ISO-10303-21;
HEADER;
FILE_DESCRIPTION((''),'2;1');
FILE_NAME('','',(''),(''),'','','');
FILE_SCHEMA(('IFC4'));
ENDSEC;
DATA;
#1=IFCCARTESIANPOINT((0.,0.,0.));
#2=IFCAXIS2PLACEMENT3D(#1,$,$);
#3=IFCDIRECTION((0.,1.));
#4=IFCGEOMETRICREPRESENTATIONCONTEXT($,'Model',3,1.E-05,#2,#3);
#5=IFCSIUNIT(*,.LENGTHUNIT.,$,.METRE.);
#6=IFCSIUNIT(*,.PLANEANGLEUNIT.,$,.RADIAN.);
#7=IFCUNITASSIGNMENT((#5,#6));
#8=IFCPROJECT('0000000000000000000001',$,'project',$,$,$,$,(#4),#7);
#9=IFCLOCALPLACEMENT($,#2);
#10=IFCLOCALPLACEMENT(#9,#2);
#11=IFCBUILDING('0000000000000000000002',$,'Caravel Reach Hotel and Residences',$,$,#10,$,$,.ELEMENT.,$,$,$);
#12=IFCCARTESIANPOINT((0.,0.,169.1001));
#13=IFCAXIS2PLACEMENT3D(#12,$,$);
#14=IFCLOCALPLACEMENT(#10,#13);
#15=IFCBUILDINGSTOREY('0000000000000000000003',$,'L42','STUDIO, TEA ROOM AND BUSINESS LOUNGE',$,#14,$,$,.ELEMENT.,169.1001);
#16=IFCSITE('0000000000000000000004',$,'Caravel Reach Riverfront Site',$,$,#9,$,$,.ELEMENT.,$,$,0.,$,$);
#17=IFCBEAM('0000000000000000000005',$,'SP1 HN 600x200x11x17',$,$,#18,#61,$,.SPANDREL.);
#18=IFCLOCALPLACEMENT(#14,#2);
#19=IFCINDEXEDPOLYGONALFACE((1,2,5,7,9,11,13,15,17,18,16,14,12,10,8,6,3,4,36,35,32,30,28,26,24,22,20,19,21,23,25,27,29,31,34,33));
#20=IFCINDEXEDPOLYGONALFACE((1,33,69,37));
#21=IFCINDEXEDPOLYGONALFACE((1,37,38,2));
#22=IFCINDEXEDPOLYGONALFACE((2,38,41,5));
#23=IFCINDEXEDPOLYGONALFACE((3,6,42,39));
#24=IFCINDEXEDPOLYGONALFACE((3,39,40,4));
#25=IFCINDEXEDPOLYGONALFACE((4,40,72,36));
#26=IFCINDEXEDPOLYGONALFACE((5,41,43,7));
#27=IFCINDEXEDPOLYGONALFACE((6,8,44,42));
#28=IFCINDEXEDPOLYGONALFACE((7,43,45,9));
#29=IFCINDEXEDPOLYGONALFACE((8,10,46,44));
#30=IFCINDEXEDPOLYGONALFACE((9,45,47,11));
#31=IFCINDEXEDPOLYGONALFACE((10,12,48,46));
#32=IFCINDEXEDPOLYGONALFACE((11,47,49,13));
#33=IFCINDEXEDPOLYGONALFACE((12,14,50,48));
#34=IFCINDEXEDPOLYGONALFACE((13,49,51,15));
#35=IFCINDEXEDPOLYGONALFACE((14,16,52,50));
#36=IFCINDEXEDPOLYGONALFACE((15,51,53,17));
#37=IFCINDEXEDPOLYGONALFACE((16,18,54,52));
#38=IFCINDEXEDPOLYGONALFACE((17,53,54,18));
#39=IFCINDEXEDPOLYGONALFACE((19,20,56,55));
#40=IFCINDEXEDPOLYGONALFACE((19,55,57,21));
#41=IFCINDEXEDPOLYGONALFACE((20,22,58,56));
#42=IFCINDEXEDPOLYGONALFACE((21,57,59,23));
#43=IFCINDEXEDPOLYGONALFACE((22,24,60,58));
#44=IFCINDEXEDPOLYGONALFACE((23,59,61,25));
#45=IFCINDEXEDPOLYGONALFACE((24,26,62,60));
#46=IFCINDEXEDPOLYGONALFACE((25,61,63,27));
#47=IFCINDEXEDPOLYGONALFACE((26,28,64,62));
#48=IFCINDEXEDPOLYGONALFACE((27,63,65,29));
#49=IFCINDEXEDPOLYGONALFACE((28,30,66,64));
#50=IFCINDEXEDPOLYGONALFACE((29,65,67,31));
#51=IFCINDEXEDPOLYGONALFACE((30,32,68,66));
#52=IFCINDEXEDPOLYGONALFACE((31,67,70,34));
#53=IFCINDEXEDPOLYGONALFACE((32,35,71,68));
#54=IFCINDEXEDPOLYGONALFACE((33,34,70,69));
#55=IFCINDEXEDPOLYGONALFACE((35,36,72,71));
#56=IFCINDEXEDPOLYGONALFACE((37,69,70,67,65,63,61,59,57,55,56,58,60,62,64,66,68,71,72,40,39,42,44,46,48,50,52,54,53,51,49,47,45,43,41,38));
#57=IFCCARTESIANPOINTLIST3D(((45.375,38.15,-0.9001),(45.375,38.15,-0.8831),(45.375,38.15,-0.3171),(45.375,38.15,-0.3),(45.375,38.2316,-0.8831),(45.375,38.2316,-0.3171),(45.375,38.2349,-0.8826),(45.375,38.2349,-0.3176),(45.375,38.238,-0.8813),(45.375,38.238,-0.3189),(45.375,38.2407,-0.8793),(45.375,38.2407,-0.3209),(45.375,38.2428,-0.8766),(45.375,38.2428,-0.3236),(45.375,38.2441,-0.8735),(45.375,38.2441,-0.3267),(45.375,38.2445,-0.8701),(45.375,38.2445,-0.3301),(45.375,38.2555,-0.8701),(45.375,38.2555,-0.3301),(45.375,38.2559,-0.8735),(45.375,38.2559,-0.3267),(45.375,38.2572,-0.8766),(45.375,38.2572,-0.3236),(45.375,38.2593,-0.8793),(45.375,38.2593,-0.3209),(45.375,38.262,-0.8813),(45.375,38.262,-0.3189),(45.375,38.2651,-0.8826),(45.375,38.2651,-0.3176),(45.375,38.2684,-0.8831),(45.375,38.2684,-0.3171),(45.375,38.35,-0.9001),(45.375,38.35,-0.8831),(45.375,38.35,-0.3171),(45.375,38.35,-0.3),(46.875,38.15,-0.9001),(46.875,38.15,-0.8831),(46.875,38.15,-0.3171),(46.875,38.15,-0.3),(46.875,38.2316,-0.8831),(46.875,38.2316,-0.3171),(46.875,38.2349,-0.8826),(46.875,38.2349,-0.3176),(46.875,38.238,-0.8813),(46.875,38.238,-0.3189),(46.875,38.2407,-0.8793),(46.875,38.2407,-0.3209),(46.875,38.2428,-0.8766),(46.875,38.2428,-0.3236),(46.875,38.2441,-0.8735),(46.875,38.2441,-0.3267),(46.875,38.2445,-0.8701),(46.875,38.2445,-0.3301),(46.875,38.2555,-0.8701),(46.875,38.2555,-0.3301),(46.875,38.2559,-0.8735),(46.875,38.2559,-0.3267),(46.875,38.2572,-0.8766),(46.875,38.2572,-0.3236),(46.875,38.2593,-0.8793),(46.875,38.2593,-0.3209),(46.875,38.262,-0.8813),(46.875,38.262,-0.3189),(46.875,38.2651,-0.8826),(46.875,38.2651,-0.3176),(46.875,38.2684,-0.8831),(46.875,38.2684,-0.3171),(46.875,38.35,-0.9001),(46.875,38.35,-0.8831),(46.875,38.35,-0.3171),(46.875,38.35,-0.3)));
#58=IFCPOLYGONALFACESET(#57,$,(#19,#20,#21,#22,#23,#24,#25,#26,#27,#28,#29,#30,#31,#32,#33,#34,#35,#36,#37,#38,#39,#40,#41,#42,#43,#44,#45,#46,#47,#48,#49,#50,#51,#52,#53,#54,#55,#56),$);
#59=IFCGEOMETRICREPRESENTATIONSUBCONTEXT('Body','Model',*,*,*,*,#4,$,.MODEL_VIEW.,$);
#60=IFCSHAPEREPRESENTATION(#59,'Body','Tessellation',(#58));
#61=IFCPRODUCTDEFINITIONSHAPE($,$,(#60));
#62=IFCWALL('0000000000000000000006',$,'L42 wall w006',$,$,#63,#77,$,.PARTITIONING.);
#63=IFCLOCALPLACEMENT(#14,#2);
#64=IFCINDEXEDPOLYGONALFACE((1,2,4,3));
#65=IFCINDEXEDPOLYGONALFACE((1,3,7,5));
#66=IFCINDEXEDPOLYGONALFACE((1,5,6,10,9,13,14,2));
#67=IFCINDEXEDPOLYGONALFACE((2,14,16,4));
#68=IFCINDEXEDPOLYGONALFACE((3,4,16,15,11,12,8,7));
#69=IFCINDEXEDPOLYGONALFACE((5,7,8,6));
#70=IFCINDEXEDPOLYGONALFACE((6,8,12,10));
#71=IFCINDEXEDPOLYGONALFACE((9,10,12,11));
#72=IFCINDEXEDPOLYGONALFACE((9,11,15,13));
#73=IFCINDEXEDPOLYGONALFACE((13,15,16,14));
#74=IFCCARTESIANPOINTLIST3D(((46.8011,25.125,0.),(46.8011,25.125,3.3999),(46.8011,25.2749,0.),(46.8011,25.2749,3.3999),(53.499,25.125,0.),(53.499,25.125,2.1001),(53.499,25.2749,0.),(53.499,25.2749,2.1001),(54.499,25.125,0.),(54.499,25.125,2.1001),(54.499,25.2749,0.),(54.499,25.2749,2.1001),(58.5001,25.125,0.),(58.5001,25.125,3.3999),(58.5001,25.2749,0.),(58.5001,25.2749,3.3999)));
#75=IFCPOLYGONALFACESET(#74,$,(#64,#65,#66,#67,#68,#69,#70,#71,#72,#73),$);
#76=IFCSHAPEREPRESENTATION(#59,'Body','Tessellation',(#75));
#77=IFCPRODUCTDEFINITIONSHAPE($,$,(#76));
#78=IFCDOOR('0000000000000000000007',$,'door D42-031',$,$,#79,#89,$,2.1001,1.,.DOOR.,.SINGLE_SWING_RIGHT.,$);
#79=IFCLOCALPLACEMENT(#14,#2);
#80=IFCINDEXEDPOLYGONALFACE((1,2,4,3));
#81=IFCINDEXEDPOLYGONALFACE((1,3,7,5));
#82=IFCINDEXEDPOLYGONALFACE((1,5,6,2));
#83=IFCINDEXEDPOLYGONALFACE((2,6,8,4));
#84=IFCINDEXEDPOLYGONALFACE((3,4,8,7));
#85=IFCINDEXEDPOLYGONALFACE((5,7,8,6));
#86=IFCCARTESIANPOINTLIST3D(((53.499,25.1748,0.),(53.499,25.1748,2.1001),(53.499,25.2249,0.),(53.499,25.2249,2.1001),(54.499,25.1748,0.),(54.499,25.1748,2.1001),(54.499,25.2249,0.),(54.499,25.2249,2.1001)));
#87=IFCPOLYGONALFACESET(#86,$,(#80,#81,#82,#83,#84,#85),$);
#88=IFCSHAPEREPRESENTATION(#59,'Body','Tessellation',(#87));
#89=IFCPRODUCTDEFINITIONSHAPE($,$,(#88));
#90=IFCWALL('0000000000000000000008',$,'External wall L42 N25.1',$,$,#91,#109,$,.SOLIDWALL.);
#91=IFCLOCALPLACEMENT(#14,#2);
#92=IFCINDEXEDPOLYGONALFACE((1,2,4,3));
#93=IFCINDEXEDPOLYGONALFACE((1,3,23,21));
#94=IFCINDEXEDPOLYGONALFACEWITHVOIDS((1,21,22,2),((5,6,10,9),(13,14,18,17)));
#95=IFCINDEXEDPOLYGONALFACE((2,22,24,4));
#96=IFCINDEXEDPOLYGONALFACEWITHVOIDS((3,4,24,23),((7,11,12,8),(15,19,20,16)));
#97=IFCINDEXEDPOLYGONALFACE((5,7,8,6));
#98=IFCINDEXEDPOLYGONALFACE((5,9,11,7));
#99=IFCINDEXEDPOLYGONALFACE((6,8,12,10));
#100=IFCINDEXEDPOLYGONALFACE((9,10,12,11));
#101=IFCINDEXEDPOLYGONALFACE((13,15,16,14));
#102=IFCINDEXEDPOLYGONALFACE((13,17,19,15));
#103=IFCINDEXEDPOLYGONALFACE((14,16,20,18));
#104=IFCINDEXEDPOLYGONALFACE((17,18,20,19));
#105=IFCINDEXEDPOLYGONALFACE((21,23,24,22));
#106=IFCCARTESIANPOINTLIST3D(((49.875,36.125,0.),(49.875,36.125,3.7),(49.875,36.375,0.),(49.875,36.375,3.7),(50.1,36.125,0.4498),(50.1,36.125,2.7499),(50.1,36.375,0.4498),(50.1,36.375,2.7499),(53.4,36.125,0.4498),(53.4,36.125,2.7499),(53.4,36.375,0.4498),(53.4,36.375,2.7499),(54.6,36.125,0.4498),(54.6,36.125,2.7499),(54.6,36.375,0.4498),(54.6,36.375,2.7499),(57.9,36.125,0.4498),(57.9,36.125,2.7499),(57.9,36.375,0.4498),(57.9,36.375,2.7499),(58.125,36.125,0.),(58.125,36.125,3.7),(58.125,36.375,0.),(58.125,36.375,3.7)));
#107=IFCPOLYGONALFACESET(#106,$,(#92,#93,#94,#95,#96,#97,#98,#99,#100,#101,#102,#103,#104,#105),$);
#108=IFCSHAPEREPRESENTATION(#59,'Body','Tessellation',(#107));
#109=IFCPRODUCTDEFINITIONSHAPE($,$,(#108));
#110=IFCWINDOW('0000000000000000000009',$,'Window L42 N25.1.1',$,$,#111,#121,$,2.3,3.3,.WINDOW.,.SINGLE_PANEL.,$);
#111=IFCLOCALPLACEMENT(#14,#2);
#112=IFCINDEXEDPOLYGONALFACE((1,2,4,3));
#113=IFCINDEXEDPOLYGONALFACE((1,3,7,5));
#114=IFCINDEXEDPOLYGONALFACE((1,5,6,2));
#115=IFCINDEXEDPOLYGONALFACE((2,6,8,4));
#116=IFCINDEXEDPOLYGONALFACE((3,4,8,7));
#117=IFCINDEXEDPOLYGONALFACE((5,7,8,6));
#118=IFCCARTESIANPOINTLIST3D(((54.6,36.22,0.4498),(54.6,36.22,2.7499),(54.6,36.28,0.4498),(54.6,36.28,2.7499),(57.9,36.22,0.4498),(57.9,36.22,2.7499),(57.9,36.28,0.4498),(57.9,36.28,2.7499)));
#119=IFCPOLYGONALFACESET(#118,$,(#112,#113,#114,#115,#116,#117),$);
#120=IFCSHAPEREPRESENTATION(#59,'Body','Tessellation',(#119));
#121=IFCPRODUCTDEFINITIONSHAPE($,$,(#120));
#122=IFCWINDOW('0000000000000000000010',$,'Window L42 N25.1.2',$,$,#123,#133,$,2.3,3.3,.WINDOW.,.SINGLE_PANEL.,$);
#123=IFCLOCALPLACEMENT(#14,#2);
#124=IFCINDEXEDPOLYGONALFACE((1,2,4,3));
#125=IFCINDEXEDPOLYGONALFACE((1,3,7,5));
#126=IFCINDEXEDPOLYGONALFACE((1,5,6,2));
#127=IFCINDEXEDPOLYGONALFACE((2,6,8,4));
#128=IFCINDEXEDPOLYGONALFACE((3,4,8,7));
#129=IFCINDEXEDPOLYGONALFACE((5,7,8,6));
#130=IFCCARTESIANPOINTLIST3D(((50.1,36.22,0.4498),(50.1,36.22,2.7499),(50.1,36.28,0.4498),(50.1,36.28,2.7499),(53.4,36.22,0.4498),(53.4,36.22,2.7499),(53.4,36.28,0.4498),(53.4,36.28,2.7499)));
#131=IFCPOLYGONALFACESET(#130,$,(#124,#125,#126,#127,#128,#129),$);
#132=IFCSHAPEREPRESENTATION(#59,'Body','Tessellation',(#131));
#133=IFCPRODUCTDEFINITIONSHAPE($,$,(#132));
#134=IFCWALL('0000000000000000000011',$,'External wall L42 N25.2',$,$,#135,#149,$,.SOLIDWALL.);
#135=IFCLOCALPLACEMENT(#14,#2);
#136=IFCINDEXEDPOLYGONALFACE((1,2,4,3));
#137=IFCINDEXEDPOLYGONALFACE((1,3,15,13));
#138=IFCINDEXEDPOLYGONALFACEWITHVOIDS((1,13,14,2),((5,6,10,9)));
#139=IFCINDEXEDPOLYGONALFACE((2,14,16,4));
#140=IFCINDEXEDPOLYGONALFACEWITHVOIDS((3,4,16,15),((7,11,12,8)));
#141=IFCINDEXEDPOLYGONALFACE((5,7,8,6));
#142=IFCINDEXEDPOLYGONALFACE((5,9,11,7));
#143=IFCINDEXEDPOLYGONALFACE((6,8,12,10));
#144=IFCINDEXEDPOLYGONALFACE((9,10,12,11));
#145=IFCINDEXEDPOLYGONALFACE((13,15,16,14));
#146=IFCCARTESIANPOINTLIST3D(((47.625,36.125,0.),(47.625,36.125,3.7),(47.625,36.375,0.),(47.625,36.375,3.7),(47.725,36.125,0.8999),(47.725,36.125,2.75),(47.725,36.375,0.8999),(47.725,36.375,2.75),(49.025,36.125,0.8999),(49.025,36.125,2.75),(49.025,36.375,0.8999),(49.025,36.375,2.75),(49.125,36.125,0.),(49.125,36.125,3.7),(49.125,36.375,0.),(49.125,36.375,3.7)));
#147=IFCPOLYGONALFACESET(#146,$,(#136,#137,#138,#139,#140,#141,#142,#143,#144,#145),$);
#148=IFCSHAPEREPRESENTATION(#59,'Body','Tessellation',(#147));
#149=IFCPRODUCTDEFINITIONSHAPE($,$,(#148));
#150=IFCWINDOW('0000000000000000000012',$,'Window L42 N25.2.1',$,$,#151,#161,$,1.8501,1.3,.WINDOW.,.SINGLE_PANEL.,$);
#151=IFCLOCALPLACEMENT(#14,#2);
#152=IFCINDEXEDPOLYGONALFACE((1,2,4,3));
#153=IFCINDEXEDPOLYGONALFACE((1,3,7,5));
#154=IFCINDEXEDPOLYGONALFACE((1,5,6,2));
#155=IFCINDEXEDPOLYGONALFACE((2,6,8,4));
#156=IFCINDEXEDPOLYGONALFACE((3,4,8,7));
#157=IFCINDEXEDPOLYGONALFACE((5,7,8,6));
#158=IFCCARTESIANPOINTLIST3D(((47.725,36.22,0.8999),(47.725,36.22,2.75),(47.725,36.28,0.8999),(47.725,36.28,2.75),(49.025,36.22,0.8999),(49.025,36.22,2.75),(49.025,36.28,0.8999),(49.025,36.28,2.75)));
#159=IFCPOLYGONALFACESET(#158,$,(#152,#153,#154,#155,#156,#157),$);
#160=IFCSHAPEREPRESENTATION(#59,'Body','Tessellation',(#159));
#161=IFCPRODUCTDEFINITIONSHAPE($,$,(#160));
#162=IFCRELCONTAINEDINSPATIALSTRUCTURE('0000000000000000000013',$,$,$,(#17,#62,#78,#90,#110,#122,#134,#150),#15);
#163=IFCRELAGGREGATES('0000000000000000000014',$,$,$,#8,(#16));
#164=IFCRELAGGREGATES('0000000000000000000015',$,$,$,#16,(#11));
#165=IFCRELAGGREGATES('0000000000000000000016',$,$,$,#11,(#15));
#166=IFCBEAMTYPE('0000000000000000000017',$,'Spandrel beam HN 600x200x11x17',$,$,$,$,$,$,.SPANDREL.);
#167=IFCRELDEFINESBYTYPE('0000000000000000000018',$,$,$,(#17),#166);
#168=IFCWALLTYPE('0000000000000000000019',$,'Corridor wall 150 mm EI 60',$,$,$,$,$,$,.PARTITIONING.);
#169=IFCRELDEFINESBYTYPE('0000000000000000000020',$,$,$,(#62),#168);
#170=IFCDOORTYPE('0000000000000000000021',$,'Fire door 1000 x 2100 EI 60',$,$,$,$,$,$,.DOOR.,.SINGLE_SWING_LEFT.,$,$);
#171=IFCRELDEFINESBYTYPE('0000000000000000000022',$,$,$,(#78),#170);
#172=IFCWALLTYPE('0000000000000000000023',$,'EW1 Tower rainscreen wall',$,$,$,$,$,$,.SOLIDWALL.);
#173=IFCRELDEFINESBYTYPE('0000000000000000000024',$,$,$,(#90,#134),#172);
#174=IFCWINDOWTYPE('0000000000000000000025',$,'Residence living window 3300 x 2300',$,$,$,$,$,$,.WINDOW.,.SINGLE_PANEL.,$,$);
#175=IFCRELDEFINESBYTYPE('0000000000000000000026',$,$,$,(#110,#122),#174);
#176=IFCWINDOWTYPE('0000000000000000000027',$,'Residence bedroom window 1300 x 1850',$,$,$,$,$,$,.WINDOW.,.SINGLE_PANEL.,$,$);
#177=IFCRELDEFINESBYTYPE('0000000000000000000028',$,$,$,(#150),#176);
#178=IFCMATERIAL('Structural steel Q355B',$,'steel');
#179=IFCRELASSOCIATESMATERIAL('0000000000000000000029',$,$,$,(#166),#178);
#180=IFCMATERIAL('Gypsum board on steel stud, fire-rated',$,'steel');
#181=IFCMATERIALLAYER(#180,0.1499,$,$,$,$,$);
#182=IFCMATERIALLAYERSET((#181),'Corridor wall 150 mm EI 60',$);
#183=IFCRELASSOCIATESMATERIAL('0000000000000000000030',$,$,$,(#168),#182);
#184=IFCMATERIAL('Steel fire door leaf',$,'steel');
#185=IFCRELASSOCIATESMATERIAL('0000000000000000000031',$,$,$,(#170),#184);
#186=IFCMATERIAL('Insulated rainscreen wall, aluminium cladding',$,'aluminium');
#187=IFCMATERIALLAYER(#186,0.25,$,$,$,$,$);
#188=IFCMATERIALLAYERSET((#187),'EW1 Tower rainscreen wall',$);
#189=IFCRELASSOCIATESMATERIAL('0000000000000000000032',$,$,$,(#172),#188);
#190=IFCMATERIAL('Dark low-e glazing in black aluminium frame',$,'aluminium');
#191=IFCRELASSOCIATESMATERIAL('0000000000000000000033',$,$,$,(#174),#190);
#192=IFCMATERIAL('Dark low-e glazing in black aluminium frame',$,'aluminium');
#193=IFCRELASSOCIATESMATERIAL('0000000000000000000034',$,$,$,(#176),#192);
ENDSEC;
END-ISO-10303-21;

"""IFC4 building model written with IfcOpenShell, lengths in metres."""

from ifc_helpers import new_model, si_unit, direction, frame, frame_2d, origin, origin_2d, place, context, subcontext, project, spatial, rectangle, i_section, extrude, material, layer, layer_set, material_profile, profile_set, type_object, element, fill, save


model = new_model("IFC4")

# Units and contexts
model_context = context("Model", 3, precision=1e-05, world=origin(), true_north=direction((0.0, 1.0)))
body_context = subcontext(model_context, "Body", "Model", "MODEL_VIEW")
ifc_project = project(units=[si_unit("LENGTHUNIT", "METRE"), si_unit("PLANEANGLEUNIT", "RADIAN")], contexts=[model_context])

# Site, building, storey
site_placement = place(None, origin())
site = spatial("IfcSite", under=ifc_project, at=site_placement, Name="Caravel Reach Riverfront Site", CompositionType="ELEMENT", RefElevation=0.0)
building_placement = place(site_placement, origin())
building = spatial("IfcBuilding", under=site, at=building_placement, Name="Caravel Reach Hotel and Residences", CompositionType="ELEMENT")
storey_placement = place(building_placement, frame((0.0, 0.0, 169.1001)))
storey = spatial("IfcBuildingStorey", under=building, at=storey_placement, Name="L42", Description="STUDIO, TEA ROOM AND BUSINESS LOUNGE", CompositionType="ELEMENT", Elevation=169.1001)

# Beam
ifc_material_1 = material(Name="Structural steel Q355B", Category="steel")
ifc_material_profile_1 = material_profile(ifc_material_1, i_section(OverallWidth=0.2, OverallDepth=0.6001, WebThickness=0.011, FlangeThickness=0.0171, FilletRadius=0.0129, at=origin_2d()), Name="HN 600x200x11x17")
ifc_profile_set_1 = profile_set([ifc_material_profile_1], Name="Structural steel Q355B")
beam_type_1 = type_object("IfcBeamType", Name="Spandrel beam HN 600x200x11x17", PredefinedType="SPANDREL", material=ifc_profile_set_1)
for number, where, z_axis, x_axis, name in (
    (1, (46.875, 38.25, -0.6001), (-1.0, 0.0, 0.0), (0.0, -1.0, 0.0), "SP1 HN 600x200x11x17"),
):
    element("IfcBeam", number, at=place(storey_placement, frame(where, z_axis=z_axis, x_axis=x_axis)), inside=storey, type_object=beam_type_1, Name=name, PredefinedType="SPANDREL", context=body_context, shape_type="SweptSolid", body=[
        extrude(i_section(OverallWidth=0.2, OverallDepth=0.6001, WebThickness=0.011, FlangeThickness=0.0171, FilletRadius=0.0129, at=origin_2d()), origin(), (0.0, 0.0, 1.0), 1.5),
    ])

# Wall, opening, door
ifc_material_2 = material(Name="Gypsum board on steel stud, fire-rated", Category="steel")
ifc_layer_1 = layer(ifc_material_2, 0.1499)
ifc_layer_set_1 = layer_set([ifc_layer_1], Name="Corridor wall 150 mm EI 60")
wall_type_1 = type_object("IfcWallType", Name="Corridor wall 150 mm EI 60", PredefinedType="PARTITIONING", material=ifc_layer_set_1)
wall_1_placement = place(storey_placement, frame((46.801, 25.2, 0.0), z_axis=(0.0, 0.0, 1.0), x_axis=(1.0, 0.0, 0.0)))
wall_1 = element("IfcWall", 2, at=wall_1_placement, inside=storey, type_object=wall_type_1, Name="L42 wall w006", PredefinedType="PARTITIONING", context=body_context, shape_type="SweptSolid", body=[
    extrude(rectangle(XDim=11.699, YDim=0.1499, at=frame_2d((5.8496, 0.0))), origin(), (0.0, 0.0, 1.0), 3.3999),
])
opening_1_placement = place(wall_1_placement, frame((6.698, 0.0, 0.0)))
opening_1 = element("IfcOpeningElement", 3, at=opening_1_placement, cuts=wall_1, PredefinedType="OPENING", context=body_context, shape_type="SweptSolid", body=[
    extrude(rectangle(XDim=1.0, YDim=2.1001, at=frame_2d((0.5, 1.05))), frame((0.0, 0.085, 0.0), z_axis=(0.0, -1.0, 0.0), x_axis=(1.0, 0.0, 0.0)), (0.0, 0.0, 1.0), 0.1699),
])
ifc_material_3 = material(Name="Steel fire door leaf", Category="steel")
door_type_1 = type_object("IfcDoorType", Name="Fire door 1000 x 2100 EI 60", OperationType="SINGLE_SWING_LEFT", PredefinedType="DOOR", material=ifc_material_3)
door_1_placement = place(opening_1_placement, origin())
door_1 = element("IfcDoor", 4, at=door_1_placement, inside=storey, type_object=door_type_1, Name="door D42-031", OperationType="SINGLE_SWING_RIGHT", OverallHeight=2.1001, OverallWidth=1.0, PredefinedType="DOOR", context=body_context, shape_type="SweptSolid", body=[
    extrude(rectangle(XDim=1.0, YDim=2.1001, at=frame_2d((0.5, 1.05))), frame((0.0, 0.0249, 0.0), z_axis=(0.0, -1.0, 0.0), x_axis=(1.0, 0.0, 0.0)), (0.0, 0.0, 1.0), 0.05),
])
fill(opening_1, door_1)

# Wall, openings, windows
ifc_material_4 = material(Name="Insulated rainscreen wall, aluminium cladding", Category="aluminium")
ifc_layer_2 = layer(ifc_material_4, 0.25)
ifc_layer_set_2 = layer_set([ifc_layer_2], Name="EW1 Tower rainscreen wall")
wall_type_2 = type_object("IfcWallType", Name="EW1 Tower rainscreen wall", PredefinedType="SOLIDWALL", material=ifc_layer_set_2)
wall_2_placement = place(storey_placement, frame((58.125, 36.25, 0.0), z_axis=(0.0, 0.0, 1.0), x_axis=(-1.0, 0.0, 0.0)))
wall_2 = element("IfcWall", 5, at=wall_2_placement, inside=storey, type_object=wall_type_2, Name="External wall L42 N25.1", PredefinedType="SOLIDWALL", context=body_context, shape_type="SweptSolid", body=[
    extrude(rectangle(XDim=8.25, YDim=0.25, at=frame_2d((4.125, 0.0))), origin(), (0.0, 0.0, 1.0), 3.7),
])
opening_2_placement = place(wall_2_placement, frame((0.2251, 0.0, 0.45)))
opening_2 = element("IfcOpeningElement", 6, at=opening_2_placement, cuts=wall_2, PredefinedType="OPENING", context=body_context, shape_type="SweptSolid", body=[
    extrude(rectangle(XDim=3.3, YDim=2.3, at=frame_2d((1.6499, 1.1499))), frame((0.0, 0.135, 0.0), z_axis=(0.0, -1.0, 0.0), x_axis=(1.0, 0.0, 0.0)), (0.0, 0.0, 1.0), 0.27),
])
opening_3_placement = place(wall_2_placement, frame((4.7251, 0.0, 0.45)))
opening_3 = element("IfcOpeningElement", 7, at=opening_3_placement, cuts=wall_2, PredefinedType="OPENING", context=body_context, shape_type="SweptSolid", body=[
    extrude(rectangle(XDim=3.3, YDim=2.3, at=frame_2d((1.6499, 1.1499))), frame((0.0, 0.135, 0.0), z_axis=(0.0, -1.0, 0.0), x_axis=(1.0, 0.0, 0.0)), (0.0, 0.0, 1.0), 0.27),
])
ifc_material_5 = material(Name="Dark low-e glazing in black aluminium frame", Category="aluminium")
window_type_1 = type_object("IfcWindowType", Name="Residence living window 3300 x 2300", PartitioningType="SINGLE_PANEL", PredefinedType="WINDOW", material=ifc_material_5)
window_1_placement = place(opening_2_placement, origin())
window_1 = element("IfcWindow", 8, at=window_1_placement, inside=storey, type_object=window_type_1, Name="Window L42 N25.1.1", OverallHeight=2.3, OverallWidth=3.3, PartitioningType="SINGLE_PANEL", PredefinedType="WINDOW", context=body_context, shape_type="SweptSolid", body=[
    extrude(rectangle(XDim=3.3, YDim=2.3, at=frame_2d((1.6499, 1.1499))), frame((0.0, 0.03, 0.0), z_axis=(0.0, -1.0, 0.0), x_axis=(1.0, 0.0, 0.0)), (0.0, 0.0, 1.0), 0.0601),
])
fill(opening_2, window_1)
window_2_placement = place(opening_3_placement, origin())
window_2 = element("IfcWindow", 9, at=window_2_placement, inside=storey, type_object=window_type_1, Name="Window L42 N25.1.2", OverallHeight=2.3, OverallWidth=3.3, PartitioningType="SINGLE_PANEL", PredefinedType="WINDOW", context=body_context, shape_type="SweptSolid", body=[
    extrude(rectangle(XDim=3.3, YDim=2.3, at=frame_2d((1.6499, 1.1499))), frame((0.0, 0.03, 0.0), z_axis=(0.0, -1.0, 0.0), x_axis=(1.0, 0.0, 0.0)), (0.0, 0.0, 1.0), 0.0601),
])
fill(opening_3, window_2)

# Wall, opening, window
wall_3_placement = place(storey_placement, frame((49.125, 36.25, 0.0), z_axis=(0.0, 0.0, 1.0), x_axis=(-1.0, 0.0, 0.0)))
wall_3 = element("IfcWall", 10, at=wall_3_placement, inside=storey, type_object=wall_type_2, Name="External wall L42 N25.2", PredefinedType="SOLIDWALL", context=body_context, shape_type="SweptSolid", body=[
    extrude(rectangle(XDim=1.5, YDim=0.25, at=frame_2d((0.75, 0.0))), origin(), (0.0, 0.0, 1.0), 3.7),
])
opening_4_placement = place(wall_3_placement, frame((0.1001, 0.0, 0.8999)))
opening_4 = element("IfcOpeningElement", 11, at=opening_4_placement, cuts=wall_3, PredefinedType="OPENING", context=body_context, shape_type="SweptSolid", body=[
    extrude(rectangle(XDim=1.3, YDim=1.8501, at=frame_2d((0.6499, 0.925))), frame((0.0, 0.135, 0.0), z_axis=(0.0, -1.0, 0.0), x_axis=(1.0, 0.0, 0.0)), (0.0, 0.0, 1.0), 0.27),
])
ifc_material_6 = material(Name="Dark low-e glazing in black aluminium frame", Category="aluminium")
window_type_2 = type_object("IfcWindowType", Name="Residence bedroom window 1300 x 1850", PartitioningType="SINGLE_PANEL", PredefinedType="WINDOW", material=ifc_material_6)
window_3_placement = place(opening_4_placement, origin())
window_3 = element("IfcWindow", 12, at=window_3_placement, inside=storey, type_object=window_type_2, Name="Window L42 N25.2.1", OverallHeight=1.8501, OverallWidth=1.3, PartitioningType="SINGLE_PANEL", PredefinedType="WINDOW", context=body_context, shape_type="SweptSolid", body=[
    extrude(rectangle(XDim=1.3, YDim=1.8501, at=frame_2d((0.6499, 0.925))), frame((0.0, 0.03, 0.0), z_axis=(0.0, -1.0, 0.0), x_axis=(1.0, 0.0, 0.0)), (0.0, 0.0, 1.0), 0.0601),
])
fill(opening_4, window_3)

save(model, "model.ifc")
